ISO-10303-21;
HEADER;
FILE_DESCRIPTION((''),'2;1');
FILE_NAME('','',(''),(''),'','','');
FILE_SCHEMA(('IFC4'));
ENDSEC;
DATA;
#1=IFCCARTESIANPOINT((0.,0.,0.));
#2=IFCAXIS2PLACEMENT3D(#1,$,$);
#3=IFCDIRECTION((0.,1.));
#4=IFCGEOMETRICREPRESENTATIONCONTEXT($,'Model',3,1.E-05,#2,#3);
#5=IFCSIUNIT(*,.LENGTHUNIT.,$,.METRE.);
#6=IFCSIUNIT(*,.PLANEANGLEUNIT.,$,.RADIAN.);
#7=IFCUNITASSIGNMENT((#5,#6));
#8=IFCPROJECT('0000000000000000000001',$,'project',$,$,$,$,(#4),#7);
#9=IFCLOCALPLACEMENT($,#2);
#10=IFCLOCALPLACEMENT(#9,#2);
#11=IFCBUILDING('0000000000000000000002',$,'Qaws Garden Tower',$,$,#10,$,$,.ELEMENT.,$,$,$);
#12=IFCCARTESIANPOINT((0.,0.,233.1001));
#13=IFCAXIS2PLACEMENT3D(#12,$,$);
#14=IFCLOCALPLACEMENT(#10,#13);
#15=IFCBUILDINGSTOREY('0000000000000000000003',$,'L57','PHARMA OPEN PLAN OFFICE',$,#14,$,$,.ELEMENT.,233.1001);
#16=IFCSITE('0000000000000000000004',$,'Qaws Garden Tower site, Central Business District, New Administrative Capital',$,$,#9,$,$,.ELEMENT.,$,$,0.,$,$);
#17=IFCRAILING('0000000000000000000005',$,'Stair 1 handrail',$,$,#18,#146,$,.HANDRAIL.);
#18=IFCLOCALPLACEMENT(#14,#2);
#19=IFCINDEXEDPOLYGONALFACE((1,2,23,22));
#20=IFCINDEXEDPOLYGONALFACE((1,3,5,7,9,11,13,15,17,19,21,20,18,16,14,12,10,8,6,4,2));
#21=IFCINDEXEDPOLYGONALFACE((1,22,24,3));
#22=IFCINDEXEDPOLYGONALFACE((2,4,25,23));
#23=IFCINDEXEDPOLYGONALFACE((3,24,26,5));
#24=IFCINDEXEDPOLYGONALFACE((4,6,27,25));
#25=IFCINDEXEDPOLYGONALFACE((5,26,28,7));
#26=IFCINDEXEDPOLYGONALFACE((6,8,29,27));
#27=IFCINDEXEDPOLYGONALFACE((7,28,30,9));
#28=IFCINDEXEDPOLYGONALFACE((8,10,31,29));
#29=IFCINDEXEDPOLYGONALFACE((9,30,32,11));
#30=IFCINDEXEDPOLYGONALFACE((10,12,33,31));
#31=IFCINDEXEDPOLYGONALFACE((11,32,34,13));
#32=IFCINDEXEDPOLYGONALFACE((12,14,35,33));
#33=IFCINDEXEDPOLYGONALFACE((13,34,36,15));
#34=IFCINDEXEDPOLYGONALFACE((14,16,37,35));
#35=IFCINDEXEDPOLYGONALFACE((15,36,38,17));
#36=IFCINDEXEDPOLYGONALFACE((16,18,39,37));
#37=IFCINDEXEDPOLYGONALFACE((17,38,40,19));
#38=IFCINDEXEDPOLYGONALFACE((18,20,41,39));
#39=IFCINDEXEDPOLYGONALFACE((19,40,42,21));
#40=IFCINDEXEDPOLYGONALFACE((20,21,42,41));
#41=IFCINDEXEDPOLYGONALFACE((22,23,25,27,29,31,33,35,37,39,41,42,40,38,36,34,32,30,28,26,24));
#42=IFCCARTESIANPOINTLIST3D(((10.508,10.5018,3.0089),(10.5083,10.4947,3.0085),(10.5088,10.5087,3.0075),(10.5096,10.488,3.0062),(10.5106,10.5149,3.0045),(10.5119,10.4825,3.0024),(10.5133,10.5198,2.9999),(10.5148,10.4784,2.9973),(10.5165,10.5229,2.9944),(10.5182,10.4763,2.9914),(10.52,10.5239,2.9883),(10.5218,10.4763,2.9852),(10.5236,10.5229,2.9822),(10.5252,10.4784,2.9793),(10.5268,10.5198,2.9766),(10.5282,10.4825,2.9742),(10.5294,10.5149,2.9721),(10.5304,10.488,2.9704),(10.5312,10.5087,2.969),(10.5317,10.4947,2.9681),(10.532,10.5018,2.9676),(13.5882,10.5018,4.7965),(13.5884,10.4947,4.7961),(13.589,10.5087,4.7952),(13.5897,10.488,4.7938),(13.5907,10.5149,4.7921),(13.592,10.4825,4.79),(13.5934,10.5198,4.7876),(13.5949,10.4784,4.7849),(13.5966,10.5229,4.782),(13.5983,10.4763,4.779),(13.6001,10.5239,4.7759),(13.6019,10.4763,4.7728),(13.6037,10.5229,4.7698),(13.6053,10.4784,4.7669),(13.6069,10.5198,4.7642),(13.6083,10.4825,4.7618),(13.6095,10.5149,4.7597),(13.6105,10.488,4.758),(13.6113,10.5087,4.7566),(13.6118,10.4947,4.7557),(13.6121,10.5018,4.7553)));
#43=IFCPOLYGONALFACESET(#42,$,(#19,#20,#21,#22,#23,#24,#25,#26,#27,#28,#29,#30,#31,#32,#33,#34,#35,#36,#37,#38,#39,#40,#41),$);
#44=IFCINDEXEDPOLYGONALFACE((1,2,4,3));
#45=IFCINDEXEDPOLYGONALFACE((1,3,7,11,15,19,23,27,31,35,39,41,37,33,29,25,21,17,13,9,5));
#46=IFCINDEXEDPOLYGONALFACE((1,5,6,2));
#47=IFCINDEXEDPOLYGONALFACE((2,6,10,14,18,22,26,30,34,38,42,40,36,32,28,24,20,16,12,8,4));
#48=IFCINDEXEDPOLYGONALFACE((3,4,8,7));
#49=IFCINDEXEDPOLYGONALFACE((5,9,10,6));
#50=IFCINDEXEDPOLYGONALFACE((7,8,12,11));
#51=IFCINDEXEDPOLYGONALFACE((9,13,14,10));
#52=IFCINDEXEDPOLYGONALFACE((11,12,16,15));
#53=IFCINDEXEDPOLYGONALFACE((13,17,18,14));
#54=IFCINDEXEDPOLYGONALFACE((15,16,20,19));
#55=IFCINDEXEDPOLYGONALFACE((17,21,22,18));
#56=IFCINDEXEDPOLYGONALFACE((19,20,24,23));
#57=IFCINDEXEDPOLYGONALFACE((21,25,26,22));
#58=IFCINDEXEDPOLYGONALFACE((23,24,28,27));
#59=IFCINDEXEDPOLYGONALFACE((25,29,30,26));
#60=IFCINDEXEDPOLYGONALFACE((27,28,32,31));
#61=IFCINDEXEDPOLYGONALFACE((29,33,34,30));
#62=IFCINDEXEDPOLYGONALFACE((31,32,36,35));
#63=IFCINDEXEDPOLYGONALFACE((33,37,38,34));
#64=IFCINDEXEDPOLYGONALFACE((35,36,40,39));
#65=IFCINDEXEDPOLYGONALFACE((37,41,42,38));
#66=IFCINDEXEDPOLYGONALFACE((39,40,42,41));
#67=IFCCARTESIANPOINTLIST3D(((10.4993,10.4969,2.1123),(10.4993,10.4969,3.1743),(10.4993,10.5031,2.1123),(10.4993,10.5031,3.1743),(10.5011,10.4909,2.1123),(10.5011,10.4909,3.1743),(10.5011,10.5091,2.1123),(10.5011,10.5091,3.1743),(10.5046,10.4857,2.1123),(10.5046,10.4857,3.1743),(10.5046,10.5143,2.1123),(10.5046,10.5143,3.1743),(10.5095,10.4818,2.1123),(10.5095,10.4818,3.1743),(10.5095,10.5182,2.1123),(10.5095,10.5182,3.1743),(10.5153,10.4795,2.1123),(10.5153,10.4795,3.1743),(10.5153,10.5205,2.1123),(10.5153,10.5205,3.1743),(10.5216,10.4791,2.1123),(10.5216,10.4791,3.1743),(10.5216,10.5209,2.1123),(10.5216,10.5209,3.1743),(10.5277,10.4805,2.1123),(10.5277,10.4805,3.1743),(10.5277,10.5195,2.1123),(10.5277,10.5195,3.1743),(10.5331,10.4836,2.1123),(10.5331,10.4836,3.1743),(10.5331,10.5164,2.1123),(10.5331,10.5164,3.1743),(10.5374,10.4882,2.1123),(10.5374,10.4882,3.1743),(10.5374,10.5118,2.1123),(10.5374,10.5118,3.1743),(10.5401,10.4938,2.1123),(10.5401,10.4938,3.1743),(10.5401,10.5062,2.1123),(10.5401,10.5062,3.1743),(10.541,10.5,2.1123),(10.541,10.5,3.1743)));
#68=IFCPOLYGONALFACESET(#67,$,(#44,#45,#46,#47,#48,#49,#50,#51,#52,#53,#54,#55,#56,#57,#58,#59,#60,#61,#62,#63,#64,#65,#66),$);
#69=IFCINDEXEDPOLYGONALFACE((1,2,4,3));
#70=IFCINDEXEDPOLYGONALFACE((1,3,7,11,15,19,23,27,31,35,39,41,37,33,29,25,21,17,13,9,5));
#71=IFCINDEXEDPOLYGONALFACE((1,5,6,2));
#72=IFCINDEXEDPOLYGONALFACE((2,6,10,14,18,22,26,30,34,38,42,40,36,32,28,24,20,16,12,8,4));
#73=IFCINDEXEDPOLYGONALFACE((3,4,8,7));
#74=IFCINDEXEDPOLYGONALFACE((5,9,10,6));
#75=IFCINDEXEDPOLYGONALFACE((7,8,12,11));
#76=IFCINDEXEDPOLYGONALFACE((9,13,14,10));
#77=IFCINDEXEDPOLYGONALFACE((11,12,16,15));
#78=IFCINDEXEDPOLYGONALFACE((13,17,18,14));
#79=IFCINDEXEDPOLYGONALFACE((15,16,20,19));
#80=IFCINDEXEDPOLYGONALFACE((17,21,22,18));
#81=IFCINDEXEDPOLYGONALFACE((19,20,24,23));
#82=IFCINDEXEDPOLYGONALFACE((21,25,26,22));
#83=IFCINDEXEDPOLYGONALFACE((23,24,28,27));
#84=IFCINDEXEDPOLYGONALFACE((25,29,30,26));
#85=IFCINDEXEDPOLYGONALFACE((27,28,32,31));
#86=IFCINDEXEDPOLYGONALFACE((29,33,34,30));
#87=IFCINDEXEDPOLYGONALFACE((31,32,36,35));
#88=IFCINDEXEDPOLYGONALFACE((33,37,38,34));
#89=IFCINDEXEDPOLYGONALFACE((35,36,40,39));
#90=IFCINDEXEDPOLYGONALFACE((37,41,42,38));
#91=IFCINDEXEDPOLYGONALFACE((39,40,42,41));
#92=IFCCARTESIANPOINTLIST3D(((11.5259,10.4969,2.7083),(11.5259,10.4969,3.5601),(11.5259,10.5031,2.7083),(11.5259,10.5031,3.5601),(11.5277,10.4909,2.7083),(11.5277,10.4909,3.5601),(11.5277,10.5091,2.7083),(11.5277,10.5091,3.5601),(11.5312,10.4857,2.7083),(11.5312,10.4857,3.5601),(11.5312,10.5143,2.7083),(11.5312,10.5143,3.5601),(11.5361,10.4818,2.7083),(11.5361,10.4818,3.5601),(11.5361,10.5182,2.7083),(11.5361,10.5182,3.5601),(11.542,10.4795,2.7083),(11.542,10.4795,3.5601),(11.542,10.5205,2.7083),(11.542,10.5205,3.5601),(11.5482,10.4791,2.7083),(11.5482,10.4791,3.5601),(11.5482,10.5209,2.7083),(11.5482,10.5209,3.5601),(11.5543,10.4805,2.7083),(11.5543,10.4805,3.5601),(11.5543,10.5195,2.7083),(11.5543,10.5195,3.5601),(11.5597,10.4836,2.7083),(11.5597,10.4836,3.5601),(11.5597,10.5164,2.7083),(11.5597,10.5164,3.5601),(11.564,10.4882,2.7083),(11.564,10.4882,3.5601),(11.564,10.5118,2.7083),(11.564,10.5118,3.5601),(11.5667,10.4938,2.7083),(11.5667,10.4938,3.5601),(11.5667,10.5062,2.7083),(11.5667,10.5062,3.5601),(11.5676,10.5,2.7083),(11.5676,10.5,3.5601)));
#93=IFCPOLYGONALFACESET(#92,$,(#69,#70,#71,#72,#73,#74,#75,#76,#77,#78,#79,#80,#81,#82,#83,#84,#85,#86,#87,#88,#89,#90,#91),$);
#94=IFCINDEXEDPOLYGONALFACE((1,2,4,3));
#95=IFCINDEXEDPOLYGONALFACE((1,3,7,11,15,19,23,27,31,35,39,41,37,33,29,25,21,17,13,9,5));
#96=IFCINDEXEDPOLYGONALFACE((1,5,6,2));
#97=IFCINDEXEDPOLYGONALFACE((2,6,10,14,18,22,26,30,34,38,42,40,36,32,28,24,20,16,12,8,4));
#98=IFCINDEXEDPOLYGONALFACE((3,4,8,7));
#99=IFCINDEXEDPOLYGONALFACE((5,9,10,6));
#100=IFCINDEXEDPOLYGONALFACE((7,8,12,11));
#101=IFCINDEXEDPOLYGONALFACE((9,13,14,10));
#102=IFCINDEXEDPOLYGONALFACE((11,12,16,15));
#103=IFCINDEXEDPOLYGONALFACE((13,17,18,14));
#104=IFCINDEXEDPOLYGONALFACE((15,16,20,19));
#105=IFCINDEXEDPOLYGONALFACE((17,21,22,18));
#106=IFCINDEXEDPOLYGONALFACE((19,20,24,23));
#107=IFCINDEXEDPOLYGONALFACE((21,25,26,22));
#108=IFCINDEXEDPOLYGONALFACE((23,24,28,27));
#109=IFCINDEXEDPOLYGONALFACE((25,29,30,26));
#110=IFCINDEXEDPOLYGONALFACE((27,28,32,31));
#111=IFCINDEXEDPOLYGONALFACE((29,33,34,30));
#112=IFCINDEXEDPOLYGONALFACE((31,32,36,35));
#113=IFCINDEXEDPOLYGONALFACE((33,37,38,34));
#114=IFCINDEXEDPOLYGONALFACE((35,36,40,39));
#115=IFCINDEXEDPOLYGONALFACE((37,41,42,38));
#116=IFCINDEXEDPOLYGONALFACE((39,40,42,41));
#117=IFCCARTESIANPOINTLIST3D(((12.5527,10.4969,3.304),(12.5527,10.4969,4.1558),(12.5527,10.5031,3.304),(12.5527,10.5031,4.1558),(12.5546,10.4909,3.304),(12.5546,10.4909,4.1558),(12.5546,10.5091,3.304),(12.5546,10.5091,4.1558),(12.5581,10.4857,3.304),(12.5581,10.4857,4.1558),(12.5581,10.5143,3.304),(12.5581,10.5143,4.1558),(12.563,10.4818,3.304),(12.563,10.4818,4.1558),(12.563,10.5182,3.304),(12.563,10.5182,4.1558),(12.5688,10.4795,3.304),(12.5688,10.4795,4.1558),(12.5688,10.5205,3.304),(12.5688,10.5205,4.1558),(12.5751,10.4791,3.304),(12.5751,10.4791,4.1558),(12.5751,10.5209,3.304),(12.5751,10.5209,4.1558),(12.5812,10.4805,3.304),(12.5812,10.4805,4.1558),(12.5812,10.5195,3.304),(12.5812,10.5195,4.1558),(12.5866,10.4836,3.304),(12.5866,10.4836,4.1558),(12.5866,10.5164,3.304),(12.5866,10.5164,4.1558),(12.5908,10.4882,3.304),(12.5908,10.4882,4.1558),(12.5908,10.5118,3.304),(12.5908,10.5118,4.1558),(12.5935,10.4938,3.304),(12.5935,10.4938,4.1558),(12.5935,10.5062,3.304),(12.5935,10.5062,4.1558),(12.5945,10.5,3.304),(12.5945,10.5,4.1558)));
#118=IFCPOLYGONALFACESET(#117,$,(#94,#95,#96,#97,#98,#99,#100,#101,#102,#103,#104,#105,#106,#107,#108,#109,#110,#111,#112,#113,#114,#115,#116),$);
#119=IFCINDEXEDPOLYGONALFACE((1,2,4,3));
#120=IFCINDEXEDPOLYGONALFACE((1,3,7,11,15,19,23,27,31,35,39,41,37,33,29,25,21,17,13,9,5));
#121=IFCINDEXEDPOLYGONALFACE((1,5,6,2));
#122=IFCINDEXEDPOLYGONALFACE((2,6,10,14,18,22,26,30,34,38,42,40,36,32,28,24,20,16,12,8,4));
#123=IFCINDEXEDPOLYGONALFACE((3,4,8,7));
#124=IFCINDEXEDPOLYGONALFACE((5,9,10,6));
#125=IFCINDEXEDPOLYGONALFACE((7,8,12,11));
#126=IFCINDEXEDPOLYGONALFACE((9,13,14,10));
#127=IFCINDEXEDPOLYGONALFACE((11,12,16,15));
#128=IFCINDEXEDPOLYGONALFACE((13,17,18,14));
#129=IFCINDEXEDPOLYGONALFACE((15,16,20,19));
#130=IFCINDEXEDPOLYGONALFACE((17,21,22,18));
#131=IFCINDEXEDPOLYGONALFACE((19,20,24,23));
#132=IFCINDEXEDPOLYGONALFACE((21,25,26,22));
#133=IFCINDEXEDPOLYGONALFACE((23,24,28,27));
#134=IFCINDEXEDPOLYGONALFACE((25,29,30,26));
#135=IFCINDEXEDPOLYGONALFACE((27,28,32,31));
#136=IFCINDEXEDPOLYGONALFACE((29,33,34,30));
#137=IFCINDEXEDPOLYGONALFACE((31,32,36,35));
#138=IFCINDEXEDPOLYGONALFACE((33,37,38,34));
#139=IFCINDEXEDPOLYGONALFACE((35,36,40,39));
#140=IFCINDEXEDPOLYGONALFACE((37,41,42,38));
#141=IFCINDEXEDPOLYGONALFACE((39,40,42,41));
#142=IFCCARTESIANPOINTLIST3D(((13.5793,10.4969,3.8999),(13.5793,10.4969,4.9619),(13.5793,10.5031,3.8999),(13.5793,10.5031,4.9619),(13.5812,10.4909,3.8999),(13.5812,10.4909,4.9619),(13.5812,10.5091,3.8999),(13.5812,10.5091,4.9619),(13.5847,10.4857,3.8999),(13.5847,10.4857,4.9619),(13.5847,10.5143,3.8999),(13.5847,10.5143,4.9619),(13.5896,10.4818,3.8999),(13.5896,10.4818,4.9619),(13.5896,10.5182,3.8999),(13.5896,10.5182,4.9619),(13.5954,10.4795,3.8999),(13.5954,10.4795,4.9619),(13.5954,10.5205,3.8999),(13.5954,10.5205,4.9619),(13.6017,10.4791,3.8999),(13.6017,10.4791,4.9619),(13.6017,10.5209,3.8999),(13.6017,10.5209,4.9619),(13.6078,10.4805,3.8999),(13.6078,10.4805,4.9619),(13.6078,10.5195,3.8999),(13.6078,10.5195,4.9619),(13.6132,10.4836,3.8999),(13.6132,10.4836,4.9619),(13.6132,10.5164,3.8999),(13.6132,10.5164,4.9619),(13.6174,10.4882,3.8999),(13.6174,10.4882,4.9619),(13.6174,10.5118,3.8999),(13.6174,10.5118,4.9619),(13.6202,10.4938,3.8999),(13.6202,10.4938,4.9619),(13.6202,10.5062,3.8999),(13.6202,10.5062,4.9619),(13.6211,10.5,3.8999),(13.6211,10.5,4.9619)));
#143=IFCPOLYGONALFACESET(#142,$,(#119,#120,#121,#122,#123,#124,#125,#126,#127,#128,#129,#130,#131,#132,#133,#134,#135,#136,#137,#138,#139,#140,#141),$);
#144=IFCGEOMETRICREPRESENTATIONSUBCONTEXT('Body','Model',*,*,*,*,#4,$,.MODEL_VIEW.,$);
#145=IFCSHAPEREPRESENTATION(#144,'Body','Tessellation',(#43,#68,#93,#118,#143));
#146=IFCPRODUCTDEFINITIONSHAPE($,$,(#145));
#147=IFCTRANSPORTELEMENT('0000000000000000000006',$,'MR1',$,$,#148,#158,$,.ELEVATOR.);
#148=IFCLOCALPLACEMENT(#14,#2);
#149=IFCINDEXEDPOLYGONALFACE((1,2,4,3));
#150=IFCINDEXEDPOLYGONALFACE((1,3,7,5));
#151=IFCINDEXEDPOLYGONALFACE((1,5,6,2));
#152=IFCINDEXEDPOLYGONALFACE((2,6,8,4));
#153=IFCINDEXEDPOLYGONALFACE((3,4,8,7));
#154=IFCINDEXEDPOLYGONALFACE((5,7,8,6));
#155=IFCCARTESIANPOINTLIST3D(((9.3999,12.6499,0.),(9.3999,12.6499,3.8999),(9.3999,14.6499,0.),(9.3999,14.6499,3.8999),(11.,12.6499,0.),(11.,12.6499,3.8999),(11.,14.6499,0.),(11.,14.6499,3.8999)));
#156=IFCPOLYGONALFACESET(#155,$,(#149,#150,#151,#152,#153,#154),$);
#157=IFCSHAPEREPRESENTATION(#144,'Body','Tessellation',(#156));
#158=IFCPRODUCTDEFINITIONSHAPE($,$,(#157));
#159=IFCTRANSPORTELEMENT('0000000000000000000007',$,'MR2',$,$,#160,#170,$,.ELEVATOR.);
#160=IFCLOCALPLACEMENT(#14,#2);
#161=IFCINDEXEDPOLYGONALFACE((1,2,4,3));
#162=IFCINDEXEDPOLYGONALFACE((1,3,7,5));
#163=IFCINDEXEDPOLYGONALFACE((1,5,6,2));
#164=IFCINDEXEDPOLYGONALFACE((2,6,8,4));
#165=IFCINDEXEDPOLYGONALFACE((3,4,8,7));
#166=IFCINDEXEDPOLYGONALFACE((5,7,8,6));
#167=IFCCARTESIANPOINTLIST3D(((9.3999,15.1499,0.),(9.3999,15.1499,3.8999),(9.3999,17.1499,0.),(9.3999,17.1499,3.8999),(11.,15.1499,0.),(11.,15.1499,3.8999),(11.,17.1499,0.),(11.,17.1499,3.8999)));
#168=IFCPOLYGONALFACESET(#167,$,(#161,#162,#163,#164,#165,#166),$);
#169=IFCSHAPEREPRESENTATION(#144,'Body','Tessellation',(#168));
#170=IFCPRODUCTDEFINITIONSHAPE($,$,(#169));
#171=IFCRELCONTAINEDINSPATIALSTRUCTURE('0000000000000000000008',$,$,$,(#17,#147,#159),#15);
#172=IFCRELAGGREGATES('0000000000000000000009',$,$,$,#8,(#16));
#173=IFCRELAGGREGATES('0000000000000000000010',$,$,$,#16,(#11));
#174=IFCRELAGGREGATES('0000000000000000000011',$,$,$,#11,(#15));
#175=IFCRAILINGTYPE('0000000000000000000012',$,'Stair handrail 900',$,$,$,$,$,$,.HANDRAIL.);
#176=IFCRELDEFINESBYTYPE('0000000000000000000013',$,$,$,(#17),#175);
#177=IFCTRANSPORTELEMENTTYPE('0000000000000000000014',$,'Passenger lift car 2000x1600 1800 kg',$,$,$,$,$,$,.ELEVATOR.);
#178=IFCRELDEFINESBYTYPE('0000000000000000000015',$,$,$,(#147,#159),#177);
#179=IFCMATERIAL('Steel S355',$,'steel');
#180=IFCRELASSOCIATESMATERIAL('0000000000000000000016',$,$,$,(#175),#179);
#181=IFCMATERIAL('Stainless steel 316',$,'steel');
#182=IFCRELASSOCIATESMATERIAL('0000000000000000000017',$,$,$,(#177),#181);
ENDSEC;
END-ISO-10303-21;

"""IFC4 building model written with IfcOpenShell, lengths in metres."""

from ifc_helpers import new_model, si_unit, direction, frame, origin, origin_2d, place, context, subcontext, project, spatial, rectangle, circle, extrude, material, type_object, element, save


model = new_model("IFC4")

# Units and contexts
model_context = context("Model", 3, precision=1e-05, world=origin(), true_north=direction((0.0, 1.0)))
body_context = subcontext(model_context, "Body", "Model", "MODEL_VIEW")
ifc_project = project(units=[si_unit("LENGTHUNIT", "METRE"), si_unit("PLANEANGLEUNIT", "RADIAN")], contexts=[model_context])

# Site, building, storey
site_placement = place(None, origin())
site = spatial("IfcSite", under=ifc_project, at=site_placement, Name="Qaws Garden Tower site, Central Business District, New Administrative Capital", CompositionType="ELEMENT", RefElevation=0.0)
building_placement = place(site_placement, origin())
building = spatial("IfcBuilding", under=site, at=building_placement, Name="Qaws Garden Tower", CompositionType="ELEMENT")
storey_placement = place(building_placement, frame((0.0, 0.0, 233.1001)))
storey = spatial("IfcBuildingStorey", under=building, at=storey_placement, Name="L57", Description="PHARMA OPEN PLAN OFFICE", CompositionType="ELEMENT", Elevation=233.1001)

# Railing
ifc_material_1 = material(Name="Steel S355", Category="steel")
railing_type = type_object("IfcRailingType", Name="Stair handrail 900", PredefinedType="HANDRAIL", material=ifc_material_1)
railing_1_placement = place(storey_placement, frame((10.52, 10.5, 2.1123)))
element("IfcRailing", 1, at=railing_1_placement, inside=storey, type_object=railing_type, Name="Stair 1 handrail", PredefinedType="HANDRAIL", context=body_context, shape_type="SweptSolid", body=[
    extrude(circle(Radius=0.0239, at=origin_2d()), frame((0.0, 0.0, 0.876), z_axis=(0.864891, 0.0, 0.50196), x_axis=(0.0, 1.0, 0.0)), (0.0, 0.0, 1.0), 3.5613),
    extrude(circle(Radius=0.021, at=origin_2d()), origin(), (0.0, 0.0, 1.0), 1.062),
    extrude(circle(Radius=0.021, at=origin_2d()), frame((1.0266, 0.0, 0.5959)), (0.0, 0.0, 1.0), 0.8518),
    extrude(circle(Radius=0.021, at=origin_2d()), frame((2.0535, 0.0, 1.1917)), (0.0, 0.0, 1.0), 0.8518),
    extrude(circle(Radius=0.021, at=origin_2d()), frame((3.0801, 0.0, 1.7876)), (0.0, 0.0, 1.0), 1.062),
])

# Transport elements
ifc_material_2 = material(Name="Stainless steel 316", Category="steel")
transport_element_type = type_object("IfcTransportElementType", Name="Passenger lift car 2000x1600 1800 kg", PredefinedType="ELEVATOR", material=ifc_material_2)
for number, where, z_axis, x_axis, name in (
    (2, (10.2, 13.6499, 0.0), (0.0, 0.0, 1.0), (1.0, 0.0, 0.0), "MR1"),
    (3, (10.2, 16.1499, 0.0), (0.0, 0.0, 1.0), (1.0, 0.0, 0.0), "MR2"),
):
    element("IfcTransportElement", number, at=place(storey_placement, frame(where, z_axis=z_axis, x_axis=x_axis)), inside=storey, type_object=transport_element_type, Name=name, PredefinedType="ELEVATOR", context=body_context, shape_type="SweptSolid", body=[
        extrude(rectangle(XDim=1.6001, YDim=2.0, at=origin_2d()), origin(), (0.0, 0.0, 1.0), 3.8999),
    ])

save(model, "model.ifc")
